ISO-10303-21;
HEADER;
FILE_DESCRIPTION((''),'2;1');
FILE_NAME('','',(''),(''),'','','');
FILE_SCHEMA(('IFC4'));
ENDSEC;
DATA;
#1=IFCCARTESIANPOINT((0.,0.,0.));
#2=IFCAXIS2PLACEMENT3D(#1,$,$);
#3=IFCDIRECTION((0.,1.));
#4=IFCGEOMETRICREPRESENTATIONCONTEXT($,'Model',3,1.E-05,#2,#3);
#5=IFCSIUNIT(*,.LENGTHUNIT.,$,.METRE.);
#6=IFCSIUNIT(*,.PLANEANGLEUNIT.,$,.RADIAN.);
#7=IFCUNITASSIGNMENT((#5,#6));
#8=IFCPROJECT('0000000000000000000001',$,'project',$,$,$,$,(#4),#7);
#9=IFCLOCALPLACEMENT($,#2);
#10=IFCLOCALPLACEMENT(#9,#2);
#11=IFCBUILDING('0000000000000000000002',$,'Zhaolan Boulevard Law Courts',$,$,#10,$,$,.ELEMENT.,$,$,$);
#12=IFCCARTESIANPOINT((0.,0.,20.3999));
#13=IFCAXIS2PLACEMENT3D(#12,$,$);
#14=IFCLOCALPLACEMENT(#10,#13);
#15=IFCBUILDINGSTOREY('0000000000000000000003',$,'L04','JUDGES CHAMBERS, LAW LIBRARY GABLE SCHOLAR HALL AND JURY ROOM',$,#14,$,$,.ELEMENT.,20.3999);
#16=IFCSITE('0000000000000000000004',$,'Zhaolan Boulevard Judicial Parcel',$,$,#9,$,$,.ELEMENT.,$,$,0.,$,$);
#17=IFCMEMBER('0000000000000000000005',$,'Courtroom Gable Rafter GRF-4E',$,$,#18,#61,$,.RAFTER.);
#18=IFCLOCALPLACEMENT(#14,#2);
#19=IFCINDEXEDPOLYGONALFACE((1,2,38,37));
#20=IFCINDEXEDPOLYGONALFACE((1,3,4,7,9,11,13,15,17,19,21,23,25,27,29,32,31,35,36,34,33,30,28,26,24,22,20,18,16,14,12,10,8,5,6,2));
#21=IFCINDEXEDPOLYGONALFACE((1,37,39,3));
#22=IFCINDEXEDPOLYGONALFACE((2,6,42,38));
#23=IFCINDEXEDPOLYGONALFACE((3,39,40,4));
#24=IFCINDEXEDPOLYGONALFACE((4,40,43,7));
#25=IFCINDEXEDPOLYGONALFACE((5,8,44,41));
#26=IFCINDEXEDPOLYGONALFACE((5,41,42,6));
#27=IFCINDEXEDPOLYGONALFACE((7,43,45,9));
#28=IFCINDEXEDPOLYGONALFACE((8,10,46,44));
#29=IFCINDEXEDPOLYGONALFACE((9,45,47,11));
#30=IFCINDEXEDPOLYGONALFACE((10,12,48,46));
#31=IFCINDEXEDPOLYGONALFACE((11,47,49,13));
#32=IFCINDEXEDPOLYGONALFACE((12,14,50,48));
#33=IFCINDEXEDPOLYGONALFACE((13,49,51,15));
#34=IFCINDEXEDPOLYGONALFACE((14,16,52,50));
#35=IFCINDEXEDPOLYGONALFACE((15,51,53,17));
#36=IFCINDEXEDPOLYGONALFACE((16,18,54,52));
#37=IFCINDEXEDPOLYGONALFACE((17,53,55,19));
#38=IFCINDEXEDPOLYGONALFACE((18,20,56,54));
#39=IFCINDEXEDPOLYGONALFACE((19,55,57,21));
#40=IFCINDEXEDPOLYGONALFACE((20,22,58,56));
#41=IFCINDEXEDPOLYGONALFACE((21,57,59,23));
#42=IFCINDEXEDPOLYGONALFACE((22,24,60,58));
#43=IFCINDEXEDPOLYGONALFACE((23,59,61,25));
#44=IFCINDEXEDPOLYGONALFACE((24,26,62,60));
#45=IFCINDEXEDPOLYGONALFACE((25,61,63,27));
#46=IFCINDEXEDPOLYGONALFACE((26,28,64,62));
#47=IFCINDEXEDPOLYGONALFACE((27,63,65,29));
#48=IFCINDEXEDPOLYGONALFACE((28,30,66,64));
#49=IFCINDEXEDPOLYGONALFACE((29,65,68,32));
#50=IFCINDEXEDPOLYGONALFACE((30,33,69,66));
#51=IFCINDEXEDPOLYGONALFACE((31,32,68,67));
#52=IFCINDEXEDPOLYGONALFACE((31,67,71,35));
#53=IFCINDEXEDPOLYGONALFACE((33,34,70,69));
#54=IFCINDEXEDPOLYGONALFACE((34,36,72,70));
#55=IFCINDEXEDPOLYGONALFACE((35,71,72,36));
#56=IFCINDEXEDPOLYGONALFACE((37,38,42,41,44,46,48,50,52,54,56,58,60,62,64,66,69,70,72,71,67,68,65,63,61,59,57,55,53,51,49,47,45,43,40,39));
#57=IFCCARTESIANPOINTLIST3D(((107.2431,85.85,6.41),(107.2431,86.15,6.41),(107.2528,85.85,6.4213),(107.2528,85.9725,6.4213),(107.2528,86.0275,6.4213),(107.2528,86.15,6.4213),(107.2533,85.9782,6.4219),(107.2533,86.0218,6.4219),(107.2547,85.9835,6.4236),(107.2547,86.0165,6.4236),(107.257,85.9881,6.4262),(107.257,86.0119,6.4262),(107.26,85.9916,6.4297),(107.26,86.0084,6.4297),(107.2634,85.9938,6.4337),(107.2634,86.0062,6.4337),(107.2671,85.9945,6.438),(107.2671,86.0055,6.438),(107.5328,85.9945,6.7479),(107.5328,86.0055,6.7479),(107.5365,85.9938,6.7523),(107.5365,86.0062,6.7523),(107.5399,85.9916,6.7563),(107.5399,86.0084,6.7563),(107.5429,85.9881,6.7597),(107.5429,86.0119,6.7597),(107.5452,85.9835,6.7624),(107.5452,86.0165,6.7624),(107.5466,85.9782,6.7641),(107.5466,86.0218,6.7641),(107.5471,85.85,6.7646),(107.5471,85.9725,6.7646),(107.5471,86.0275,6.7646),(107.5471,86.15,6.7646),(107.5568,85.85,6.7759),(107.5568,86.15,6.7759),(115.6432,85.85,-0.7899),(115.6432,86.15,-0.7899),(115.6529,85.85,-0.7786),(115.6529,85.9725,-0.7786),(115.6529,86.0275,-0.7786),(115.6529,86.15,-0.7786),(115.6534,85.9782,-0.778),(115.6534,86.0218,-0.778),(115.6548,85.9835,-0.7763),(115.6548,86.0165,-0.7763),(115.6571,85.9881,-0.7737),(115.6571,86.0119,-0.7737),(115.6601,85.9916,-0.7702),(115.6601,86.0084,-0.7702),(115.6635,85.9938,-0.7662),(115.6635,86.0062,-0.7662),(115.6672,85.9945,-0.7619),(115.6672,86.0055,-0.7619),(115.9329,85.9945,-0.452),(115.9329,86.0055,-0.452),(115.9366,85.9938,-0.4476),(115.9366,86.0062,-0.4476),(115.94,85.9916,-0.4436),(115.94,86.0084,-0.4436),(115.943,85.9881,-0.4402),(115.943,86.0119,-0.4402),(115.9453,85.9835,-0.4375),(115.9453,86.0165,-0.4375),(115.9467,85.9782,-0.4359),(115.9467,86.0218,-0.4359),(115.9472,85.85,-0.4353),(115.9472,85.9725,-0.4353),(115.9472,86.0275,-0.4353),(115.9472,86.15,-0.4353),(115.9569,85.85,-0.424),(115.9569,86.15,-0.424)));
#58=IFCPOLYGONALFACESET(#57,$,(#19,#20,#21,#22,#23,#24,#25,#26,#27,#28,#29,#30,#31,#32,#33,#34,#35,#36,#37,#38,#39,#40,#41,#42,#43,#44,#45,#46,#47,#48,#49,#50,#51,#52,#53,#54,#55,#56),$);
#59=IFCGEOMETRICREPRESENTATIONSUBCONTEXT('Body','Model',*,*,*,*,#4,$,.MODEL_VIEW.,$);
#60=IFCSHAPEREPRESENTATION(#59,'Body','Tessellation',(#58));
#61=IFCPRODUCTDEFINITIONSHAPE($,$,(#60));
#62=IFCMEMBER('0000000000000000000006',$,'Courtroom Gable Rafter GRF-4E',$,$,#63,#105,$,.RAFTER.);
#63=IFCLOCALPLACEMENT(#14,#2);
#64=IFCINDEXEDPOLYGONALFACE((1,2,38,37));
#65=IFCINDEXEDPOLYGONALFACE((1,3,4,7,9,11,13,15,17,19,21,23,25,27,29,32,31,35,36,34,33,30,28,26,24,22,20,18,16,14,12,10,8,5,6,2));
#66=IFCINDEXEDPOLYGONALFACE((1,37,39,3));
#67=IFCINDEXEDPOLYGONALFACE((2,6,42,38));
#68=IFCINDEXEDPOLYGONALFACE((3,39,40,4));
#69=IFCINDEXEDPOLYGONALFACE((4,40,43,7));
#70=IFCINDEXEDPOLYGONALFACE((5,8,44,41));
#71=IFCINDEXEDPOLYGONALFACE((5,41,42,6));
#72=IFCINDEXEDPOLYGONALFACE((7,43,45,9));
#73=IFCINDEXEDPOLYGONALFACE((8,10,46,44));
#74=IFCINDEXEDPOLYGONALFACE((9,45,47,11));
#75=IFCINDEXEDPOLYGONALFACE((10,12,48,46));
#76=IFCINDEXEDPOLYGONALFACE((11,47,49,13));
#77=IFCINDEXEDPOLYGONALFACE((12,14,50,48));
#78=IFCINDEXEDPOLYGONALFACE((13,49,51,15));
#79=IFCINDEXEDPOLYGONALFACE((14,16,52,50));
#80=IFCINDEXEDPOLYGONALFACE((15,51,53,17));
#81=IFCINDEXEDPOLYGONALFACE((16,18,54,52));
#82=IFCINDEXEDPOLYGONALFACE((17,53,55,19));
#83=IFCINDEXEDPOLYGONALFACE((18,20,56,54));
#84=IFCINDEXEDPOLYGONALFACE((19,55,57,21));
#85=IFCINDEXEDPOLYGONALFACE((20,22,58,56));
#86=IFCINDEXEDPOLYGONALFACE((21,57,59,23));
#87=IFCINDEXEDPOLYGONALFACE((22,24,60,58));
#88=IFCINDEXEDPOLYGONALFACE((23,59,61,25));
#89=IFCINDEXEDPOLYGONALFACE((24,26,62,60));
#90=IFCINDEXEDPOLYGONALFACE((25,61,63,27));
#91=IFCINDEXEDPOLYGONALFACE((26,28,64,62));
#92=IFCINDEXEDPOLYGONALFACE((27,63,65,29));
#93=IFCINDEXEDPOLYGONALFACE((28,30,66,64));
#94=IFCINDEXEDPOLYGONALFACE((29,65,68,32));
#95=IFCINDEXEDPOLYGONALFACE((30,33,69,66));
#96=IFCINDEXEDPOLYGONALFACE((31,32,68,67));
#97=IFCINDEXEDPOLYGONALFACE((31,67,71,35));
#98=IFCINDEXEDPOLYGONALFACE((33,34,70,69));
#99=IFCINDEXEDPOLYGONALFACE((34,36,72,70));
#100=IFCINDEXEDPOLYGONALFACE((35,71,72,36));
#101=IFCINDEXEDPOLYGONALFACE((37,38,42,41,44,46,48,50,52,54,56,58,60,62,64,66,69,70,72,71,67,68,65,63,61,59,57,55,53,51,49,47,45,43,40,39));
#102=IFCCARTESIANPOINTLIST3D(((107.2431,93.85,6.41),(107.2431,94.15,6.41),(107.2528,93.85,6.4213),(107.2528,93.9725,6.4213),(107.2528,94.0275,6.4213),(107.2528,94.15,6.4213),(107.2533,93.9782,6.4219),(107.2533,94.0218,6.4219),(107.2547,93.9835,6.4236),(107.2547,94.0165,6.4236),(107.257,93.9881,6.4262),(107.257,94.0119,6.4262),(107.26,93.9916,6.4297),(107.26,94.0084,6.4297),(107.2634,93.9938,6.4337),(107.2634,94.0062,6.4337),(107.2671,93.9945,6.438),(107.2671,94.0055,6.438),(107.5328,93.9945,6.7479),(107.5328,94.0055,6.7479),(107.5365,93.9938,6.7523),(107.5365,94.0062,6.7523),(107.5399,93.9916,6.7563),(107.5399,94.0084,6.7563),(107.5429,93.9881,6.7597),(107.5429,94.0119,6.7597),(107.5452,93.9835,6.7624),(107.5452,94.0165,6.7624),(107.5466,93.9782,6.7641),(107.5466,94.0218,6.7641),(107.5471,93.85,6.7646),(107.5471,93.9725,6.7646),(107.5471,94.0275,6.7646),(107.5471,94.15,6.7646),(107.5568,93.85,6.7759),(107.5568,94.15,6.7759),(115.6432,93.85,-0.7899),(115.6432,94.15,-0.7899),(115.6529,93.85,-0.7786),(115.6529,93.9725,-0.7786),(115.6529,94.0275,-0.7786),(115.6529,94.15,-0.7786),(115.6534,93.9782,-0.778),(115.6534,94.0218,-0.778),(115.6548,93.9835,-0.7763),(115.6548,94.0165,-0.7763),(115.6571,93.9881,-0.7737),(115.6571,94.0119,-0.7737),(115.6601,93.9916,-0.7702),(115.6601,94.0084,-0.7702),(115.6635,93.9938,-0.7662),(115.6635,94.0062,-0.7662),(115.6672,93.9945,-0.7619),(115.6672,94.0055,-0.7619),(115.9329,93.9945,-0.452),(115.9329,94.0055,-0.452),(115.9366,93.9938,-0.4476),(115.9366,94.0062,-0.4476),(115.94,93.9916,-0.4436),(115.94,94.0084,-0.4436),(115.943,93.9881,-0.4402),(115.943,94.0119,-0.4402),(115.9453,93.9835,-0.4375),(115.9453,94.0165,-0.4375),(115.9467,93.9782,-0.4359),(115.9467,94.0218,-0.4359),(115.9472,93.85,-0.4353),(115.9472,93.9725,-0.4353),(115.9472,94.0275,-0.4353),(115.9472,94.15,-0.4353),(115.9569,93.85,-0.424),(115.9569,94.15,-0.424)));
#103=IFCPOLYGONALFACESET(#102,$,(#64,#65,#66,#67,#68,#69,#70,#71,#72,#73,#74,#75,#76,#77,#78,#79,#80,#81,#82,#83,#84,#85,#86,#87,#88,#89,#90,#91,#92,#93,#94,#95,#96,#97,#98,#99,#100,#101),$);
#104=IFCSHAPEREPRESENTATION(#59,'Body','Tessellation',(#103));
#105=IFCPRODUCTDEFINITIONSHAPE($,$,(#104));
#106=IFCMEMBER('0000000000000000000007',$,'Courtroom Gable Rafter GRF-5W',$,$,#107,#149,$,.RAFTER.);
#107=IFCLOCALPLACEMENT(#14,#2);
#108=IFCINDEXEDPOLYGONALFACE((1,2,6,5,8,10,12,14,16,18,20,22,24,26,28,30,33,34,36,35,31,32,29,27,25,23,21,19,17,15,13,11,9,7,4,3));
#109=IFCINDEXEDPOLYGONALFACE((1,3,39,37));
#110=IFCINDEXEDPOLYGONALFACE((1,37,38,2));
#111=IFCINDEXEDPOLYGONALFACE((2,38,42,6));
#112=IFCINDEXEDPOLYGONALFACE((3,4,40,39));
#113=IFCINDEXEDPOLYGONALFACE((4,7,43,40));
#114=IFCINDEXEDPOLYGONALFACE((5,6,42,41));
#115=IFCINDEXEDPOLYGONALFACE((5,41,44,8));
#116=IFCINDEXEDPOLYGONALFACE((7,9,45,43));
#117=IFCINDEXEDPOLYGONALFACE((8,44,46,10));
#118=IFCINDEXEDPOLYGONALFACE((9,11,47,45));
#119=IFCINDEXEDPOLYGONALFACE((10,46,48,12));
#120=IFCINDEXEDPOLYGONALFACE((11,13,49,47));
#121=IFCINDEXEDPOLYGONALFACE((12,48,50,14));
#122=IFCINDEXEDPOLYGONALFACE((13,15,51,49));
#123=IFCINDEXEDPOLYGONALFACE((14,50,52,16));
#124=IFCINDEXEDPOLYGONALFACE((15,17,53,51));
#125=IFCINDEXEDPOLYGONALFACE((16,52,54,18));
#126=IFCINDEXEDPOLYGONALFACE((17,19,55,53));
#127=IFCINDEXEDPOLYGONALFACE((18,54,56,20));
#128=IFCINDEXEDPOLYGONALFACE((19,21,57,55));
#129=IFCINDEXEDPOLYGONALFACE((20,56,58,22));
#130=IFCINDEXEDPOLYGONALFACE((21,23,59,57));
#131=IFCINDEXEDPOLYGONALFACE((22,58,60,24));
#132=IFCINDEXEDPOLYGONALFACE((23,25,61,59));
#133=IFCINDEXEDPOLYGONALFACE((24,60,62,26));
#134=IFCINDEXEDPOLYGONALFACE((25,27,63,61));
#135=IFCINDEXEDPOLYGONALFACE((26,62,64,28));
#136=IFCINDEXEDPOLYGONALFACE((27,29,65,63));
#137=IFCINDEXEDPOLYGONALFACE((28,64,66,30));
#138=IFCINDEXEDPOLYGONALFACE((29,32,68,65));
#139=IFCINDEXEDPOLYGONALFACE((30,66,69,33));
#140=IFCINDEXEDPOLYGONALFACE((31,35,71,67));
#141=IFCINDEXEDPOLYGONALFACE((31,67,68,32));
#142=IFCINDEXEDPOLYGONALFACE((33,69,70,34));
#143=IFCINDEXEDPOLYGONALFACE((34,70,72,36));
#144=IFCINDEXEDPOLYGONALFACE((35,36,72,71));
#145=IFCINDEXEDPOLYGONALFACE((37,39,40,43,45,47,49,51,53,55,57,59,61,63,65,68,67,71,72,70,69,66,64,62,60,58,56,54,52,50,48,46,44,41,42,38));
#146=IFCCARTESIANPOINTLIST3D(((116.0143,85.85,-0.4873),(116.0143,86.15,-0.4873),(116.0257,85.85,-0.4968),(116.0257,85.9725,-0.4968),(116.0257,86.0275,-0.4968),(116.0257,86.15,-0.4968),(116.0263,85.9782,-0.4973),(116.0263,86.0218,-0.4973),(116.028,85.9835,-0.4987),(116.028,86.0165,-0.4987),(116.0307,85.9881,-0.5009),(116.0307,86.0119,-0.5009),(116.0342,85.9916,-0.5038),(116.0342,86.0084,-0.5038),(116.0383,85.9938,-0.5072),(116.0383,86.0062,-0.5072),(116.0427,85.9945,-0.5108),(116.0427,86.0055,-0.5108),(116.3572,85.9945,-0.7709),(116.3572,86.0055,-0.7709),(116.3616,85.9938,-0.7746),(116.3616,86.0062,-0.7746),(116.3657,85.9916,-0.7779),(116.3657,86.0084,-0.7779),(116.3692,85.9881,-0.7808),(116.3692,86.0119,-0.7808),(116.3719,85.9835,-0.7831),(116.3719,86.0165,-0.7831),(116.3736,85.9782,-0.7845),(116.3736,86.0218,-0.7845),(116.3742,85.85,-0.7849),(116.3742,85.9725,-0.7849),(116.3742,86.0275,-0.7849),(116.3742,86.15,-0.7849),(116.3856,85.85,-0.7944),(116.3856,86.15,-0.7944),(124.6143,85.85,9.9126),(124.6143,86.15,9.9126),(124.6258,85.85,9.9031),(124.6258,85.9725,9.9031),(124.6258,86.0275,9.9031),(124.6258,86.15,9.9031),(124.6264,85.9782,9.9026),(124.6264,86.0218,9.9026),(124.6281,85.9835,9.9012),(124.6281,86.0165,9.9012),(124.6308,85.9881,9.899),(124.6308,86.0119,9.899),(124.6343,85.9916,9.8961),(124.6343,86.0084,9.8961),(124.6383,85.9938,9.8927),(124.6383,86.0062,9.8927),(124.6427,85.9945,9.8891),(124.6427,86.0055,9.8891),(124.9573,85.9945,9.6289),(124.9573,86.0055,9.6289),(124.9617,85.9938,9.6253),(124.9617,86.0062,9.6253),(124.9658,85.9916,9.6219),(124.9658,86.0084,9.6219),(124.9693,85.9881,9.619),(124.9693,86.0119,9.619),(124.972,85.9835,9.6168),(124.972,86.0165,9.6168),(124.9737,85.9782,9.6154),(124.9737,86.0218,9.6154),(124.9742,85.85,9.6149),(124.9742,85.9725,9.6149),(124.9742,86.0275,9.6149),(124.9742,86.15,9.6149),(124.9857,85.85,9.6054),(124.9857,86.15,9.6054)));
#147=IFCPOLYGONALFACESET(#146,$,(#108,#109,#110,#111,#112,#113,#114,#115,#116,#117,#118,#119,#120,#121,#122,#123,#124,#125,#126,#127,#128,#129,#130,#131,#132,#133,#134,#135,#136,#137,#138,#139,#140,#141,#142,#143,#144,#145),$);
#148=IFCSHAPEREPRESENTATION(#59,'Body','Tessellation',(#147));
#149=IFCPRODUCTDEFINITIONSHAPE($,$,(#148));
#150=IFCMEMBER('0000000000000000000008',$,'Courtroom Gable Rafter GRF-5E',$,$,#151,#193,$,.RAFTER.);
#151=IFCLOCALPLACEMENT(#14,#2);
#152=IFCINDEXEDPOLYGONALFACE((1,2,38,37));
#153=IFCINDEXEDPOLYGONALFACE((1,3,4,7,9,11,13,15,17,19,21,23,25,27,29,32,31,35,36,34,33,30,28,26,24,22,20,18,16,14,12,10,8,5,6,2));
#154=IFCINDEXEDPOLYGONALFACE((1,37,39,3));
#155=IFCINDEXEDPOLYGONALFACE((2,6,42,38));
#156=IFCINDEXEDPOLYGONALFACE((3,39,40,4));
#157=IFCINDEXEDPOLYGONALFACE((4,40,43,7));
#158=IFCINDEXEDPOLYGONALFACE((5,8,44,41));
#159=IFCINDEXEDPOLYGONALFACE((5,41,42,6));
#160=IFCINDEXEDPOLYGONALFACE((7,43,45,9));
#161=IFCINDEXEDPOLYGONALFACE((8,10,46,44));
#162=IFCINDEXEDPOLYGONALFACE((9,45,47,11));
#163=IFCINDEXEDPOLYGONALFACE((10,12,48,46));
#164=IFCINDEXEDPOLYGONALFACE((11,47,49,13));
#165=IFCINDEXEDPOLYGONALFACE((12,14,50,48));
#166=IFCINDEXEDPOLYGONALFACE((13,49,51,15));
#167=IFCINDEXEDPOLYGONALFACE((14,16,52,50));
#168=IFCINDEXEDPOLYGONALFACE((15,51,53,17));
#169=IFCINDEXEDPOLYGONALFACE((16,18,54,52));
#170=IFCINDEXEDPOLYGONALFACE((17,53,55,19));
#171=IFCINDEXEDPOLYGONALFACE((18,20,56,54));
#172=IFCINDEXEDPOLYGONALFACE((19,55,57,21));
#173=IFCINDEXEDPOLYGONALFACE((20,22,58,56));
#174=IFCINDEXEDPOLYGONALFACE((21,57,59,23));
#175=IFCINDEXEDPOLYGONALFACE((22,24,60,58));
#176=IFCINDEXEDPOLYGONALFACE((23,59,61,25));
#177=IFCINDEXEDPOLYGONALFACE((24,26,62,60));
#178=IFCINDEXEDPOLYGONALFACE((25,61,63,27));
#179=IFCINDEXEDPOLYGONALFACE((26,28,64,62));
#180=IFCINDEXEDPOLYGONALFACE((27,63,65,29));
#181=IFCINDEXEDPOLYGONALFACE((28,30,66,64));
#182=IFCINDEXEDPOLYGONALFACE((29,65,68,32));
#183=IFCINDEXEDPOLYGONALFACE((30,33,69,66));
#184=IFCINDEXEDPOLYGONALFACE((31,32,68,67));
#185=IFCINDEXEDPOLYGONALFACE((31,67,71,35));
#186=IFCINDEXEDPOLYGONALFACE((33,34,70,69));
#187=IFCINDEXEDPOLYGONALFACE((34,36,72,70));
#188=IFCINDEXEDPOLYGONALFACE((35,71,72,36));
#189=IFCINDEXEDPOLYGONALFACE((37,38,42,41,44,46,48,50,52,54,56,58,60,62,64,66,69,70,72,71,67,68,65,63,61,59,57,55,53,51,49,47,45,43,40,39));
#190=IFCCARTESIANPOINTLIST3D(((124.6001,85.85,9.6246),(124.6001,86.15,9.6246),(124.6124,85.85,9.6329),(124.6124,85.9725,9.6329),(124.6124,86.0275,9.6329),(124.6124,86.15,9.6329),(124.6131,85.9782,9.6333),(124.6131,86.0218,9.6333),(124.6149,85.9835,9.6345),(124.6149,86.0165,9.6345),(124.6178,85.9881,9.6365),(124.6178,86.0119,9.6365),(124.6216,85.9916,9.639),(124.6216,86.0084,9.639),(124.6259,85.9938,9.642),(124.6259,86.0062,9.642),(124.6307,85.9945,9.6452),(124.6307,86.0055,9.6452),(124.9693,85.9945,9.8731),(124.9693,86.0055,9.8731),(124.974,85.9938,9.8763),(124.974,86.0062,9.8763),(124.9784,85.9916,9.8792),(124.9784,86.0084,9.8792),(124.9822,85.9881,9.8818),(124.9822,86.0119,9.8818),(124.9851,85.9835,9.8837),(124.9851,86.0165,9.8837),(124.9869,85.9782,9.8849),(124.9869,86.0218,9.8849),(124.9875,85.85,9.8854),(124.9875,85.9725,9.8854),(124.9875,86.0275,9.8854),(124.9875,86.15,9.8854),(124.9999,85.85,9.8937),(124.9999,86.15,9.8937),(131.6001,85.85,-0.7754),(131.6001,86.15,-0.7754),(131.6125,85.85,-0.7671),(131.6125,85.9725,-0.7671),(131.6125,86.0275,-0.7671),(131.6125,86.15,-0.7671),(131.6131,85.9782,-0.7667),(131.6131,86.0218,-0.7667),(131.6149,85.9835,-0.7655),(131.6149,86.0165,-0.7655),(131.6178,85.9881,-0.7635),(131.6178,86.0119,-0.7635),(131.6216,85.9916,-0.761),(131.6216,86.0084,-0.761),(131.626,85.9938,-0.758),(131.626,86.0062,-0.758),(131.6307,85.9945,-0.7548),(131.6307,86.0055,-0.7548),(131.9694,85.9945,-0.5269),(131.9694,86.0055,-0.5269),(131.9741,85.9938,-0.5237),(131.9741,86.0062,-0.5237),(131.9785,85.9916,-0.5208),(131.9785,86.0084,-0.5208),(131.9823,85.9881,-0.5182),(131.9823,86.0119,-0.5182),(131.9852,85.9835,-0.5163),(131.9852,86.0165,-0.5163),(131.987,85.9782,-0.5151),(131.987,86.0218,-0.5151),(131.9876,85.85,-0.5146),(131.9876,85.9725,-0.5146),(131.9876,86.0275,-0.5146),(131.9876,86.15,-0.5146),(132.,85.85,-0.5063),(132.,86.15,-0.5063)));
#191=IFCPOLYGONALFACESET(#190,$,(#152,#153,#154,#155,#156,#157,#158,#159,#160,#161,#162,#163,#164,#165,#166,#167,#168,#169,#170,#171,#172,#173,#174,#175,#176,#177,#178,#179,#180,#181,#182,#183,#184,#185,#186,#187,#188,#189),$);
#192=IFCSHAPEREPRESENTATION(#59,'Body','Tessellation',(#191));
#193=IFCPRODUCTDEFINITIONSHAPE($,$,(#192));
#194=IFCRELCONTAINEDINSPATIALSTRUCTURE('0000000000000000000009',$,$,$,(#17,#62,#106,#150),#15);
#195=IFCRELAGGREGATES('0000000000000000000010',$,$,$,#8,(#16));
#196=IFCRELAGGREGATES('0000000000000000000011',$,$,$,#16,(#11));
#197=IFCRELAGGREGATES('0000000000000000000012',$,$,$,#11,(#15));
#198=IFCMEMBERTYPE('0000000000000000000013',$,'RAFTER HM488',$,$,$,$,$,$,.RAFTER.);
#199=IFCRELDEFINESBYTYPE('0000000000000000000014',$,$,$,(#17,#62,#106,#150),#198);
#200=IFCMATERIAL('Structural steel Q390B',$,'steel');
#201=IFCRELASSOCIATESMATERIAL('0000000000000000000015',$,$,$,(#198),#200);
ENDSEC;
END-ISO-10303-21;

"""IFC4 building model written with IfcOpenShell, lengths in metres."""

from ifc_helpers import new_model, si_unit, direction, frame, origin, origin_2d, place, context, subcontext, project, spatial, i_section, extrude, material, material_profile, profile_set, type_object, element, save


model = new_model("IFC4")

# Units and contexts
model_context = context("Model", 3, precision=1e-05, world=origin(), true_north=direction((0.0, 1.0)))
body_context = subcontext(model_context, "Body", "Model", "MODEL_VIEW")
ifc_project = project(units=[si_unit("LENGTHUNIT", "METRE"), si_unit("PLANEANGLEUNIT", "RADIAN")], contexts=[model_context])

# Site, building, storey
site_placement = place(None, origin())
site = spatial("IfcSite", under=ifc_project, at=site_placement, Name="Zhaolan Boulevard Judicial Parcel", CompositionType="ELEMENT", RefElevation=0.0)
building_placement = place(site_placement, origin())
building = spatial("IfcBuilding", under=site, at=building_placement, Name="Zhaolan Boulevard Law Courts", CompositionType="ELEMENT")
storey_placement = place(building_placement, frame((0.0, 0.0, 20.3999)))
storey = spatial("IfcBuildingStorey", under=building, at=storey_placement, Name="L04", Description="JUDGES CHAMBERS, LAW LIBRARY GABLE SCHOLAR HALL AND JURY ROOM", CompositionType="ELEMENT", Elevation=20.3999)

# Members
ifc_material_1 = material(Name="Structural steel Q390B", Category="steel")
ifc_material_profile = material_profile(ifc_material_1, i_section(OverallWidth=0.3, OverallDepth=0.4819, WebThickness=0.011, FlangeThickness=0.0149, FilletRadius=0.022, at=origin_2d()), Name="HM482x300")
ifc_profile_set = profile_set([ifc_material_profile], Name="Structural steel Q390B")
member_type = type_object("IfcMemberType", Name="RAFTER HM488", PredefinedType="RAFTER", material=ifc_profile_set)
for number, where, z_axis, x_axis, name in (
    (1, (115.8, 86.0, -0.6069), (-0.759264, 0.0, 0.650782), (0.0, -1.0, 0.0), "Courtroom Gable Rafter GRF-4E"),
    (2, (115.8, 94.0, -0.6069), (-0.759264, 0.0, 0.650782), (0.0, -1.0, 0.0), "Courtroom Gable Rafter GRF-4E"),
):
    element("IfcMember", number, at=place(storey_placement, frame(where, z_axis=z_axis, x_axis=x_axis)), inside=storey, type_object=member_type, Name=name, PredefinedType="RAFTER", context=body_context, shape_type="SweptSolid", body=[
        extrude(i_section(OverallWidth=0.3, OverallDepth=0.4819, WebThickness=0.011, FlangeThickness=0.0149, FilletRadius=0.022, at=origin_2d()), origin(), (0.0, 0.0, 1.0), 11.0635),
    ])
member_1_placement = place(storey_placement, frame((116.2, 86.0, -0.6409), z_axis=(0.637272, 0.0, 0.770639), x_axis=(0.0, 1.0, 0.0)))
element("IfcMember", 3, at=member_1_placement, inside=storey, type_object=member_type, Name="Courtroom Gable Rafter GRF-5W", PredefinedType="RAFTER", context=body_context, shape_type="SweptSolid", body=[
    extrude(i_section(OverallWidth=0.3, OverallDepth=0.4819, WebThickness=0.011, FlangeThickness=0.0149, FilletRadius=0.022, at=origin_2d()), origin(), (0.0, 0.0, 1.0), 13.4951),
])
member_2_placement = place(storey_placement, frame((131.8, 86.0, -0.6409), z_axis=(-0.55838, 0.0, 0.829585), x_axis=(0.0, -1.0, 0.0)))
element("IfcMember", 4, at=member_2_placement, inside=storey, type_object=member_type, Name="Courtroom Gable Rafter GRF-5E", PredefinedType="RAFTER", context=body_context, shape_type="SweptSolid", body=[
    extrude(i_section(OverallWidth=0.3, OverallDepth=0.4819, WebThickness=0.011, FlangeThickness=0.0149, FilletRadius=0.022, at=origin_2d()), origin(), (0.0, 0.0, 1.0), 12.5364),
])

save(model, "model.ifc")
